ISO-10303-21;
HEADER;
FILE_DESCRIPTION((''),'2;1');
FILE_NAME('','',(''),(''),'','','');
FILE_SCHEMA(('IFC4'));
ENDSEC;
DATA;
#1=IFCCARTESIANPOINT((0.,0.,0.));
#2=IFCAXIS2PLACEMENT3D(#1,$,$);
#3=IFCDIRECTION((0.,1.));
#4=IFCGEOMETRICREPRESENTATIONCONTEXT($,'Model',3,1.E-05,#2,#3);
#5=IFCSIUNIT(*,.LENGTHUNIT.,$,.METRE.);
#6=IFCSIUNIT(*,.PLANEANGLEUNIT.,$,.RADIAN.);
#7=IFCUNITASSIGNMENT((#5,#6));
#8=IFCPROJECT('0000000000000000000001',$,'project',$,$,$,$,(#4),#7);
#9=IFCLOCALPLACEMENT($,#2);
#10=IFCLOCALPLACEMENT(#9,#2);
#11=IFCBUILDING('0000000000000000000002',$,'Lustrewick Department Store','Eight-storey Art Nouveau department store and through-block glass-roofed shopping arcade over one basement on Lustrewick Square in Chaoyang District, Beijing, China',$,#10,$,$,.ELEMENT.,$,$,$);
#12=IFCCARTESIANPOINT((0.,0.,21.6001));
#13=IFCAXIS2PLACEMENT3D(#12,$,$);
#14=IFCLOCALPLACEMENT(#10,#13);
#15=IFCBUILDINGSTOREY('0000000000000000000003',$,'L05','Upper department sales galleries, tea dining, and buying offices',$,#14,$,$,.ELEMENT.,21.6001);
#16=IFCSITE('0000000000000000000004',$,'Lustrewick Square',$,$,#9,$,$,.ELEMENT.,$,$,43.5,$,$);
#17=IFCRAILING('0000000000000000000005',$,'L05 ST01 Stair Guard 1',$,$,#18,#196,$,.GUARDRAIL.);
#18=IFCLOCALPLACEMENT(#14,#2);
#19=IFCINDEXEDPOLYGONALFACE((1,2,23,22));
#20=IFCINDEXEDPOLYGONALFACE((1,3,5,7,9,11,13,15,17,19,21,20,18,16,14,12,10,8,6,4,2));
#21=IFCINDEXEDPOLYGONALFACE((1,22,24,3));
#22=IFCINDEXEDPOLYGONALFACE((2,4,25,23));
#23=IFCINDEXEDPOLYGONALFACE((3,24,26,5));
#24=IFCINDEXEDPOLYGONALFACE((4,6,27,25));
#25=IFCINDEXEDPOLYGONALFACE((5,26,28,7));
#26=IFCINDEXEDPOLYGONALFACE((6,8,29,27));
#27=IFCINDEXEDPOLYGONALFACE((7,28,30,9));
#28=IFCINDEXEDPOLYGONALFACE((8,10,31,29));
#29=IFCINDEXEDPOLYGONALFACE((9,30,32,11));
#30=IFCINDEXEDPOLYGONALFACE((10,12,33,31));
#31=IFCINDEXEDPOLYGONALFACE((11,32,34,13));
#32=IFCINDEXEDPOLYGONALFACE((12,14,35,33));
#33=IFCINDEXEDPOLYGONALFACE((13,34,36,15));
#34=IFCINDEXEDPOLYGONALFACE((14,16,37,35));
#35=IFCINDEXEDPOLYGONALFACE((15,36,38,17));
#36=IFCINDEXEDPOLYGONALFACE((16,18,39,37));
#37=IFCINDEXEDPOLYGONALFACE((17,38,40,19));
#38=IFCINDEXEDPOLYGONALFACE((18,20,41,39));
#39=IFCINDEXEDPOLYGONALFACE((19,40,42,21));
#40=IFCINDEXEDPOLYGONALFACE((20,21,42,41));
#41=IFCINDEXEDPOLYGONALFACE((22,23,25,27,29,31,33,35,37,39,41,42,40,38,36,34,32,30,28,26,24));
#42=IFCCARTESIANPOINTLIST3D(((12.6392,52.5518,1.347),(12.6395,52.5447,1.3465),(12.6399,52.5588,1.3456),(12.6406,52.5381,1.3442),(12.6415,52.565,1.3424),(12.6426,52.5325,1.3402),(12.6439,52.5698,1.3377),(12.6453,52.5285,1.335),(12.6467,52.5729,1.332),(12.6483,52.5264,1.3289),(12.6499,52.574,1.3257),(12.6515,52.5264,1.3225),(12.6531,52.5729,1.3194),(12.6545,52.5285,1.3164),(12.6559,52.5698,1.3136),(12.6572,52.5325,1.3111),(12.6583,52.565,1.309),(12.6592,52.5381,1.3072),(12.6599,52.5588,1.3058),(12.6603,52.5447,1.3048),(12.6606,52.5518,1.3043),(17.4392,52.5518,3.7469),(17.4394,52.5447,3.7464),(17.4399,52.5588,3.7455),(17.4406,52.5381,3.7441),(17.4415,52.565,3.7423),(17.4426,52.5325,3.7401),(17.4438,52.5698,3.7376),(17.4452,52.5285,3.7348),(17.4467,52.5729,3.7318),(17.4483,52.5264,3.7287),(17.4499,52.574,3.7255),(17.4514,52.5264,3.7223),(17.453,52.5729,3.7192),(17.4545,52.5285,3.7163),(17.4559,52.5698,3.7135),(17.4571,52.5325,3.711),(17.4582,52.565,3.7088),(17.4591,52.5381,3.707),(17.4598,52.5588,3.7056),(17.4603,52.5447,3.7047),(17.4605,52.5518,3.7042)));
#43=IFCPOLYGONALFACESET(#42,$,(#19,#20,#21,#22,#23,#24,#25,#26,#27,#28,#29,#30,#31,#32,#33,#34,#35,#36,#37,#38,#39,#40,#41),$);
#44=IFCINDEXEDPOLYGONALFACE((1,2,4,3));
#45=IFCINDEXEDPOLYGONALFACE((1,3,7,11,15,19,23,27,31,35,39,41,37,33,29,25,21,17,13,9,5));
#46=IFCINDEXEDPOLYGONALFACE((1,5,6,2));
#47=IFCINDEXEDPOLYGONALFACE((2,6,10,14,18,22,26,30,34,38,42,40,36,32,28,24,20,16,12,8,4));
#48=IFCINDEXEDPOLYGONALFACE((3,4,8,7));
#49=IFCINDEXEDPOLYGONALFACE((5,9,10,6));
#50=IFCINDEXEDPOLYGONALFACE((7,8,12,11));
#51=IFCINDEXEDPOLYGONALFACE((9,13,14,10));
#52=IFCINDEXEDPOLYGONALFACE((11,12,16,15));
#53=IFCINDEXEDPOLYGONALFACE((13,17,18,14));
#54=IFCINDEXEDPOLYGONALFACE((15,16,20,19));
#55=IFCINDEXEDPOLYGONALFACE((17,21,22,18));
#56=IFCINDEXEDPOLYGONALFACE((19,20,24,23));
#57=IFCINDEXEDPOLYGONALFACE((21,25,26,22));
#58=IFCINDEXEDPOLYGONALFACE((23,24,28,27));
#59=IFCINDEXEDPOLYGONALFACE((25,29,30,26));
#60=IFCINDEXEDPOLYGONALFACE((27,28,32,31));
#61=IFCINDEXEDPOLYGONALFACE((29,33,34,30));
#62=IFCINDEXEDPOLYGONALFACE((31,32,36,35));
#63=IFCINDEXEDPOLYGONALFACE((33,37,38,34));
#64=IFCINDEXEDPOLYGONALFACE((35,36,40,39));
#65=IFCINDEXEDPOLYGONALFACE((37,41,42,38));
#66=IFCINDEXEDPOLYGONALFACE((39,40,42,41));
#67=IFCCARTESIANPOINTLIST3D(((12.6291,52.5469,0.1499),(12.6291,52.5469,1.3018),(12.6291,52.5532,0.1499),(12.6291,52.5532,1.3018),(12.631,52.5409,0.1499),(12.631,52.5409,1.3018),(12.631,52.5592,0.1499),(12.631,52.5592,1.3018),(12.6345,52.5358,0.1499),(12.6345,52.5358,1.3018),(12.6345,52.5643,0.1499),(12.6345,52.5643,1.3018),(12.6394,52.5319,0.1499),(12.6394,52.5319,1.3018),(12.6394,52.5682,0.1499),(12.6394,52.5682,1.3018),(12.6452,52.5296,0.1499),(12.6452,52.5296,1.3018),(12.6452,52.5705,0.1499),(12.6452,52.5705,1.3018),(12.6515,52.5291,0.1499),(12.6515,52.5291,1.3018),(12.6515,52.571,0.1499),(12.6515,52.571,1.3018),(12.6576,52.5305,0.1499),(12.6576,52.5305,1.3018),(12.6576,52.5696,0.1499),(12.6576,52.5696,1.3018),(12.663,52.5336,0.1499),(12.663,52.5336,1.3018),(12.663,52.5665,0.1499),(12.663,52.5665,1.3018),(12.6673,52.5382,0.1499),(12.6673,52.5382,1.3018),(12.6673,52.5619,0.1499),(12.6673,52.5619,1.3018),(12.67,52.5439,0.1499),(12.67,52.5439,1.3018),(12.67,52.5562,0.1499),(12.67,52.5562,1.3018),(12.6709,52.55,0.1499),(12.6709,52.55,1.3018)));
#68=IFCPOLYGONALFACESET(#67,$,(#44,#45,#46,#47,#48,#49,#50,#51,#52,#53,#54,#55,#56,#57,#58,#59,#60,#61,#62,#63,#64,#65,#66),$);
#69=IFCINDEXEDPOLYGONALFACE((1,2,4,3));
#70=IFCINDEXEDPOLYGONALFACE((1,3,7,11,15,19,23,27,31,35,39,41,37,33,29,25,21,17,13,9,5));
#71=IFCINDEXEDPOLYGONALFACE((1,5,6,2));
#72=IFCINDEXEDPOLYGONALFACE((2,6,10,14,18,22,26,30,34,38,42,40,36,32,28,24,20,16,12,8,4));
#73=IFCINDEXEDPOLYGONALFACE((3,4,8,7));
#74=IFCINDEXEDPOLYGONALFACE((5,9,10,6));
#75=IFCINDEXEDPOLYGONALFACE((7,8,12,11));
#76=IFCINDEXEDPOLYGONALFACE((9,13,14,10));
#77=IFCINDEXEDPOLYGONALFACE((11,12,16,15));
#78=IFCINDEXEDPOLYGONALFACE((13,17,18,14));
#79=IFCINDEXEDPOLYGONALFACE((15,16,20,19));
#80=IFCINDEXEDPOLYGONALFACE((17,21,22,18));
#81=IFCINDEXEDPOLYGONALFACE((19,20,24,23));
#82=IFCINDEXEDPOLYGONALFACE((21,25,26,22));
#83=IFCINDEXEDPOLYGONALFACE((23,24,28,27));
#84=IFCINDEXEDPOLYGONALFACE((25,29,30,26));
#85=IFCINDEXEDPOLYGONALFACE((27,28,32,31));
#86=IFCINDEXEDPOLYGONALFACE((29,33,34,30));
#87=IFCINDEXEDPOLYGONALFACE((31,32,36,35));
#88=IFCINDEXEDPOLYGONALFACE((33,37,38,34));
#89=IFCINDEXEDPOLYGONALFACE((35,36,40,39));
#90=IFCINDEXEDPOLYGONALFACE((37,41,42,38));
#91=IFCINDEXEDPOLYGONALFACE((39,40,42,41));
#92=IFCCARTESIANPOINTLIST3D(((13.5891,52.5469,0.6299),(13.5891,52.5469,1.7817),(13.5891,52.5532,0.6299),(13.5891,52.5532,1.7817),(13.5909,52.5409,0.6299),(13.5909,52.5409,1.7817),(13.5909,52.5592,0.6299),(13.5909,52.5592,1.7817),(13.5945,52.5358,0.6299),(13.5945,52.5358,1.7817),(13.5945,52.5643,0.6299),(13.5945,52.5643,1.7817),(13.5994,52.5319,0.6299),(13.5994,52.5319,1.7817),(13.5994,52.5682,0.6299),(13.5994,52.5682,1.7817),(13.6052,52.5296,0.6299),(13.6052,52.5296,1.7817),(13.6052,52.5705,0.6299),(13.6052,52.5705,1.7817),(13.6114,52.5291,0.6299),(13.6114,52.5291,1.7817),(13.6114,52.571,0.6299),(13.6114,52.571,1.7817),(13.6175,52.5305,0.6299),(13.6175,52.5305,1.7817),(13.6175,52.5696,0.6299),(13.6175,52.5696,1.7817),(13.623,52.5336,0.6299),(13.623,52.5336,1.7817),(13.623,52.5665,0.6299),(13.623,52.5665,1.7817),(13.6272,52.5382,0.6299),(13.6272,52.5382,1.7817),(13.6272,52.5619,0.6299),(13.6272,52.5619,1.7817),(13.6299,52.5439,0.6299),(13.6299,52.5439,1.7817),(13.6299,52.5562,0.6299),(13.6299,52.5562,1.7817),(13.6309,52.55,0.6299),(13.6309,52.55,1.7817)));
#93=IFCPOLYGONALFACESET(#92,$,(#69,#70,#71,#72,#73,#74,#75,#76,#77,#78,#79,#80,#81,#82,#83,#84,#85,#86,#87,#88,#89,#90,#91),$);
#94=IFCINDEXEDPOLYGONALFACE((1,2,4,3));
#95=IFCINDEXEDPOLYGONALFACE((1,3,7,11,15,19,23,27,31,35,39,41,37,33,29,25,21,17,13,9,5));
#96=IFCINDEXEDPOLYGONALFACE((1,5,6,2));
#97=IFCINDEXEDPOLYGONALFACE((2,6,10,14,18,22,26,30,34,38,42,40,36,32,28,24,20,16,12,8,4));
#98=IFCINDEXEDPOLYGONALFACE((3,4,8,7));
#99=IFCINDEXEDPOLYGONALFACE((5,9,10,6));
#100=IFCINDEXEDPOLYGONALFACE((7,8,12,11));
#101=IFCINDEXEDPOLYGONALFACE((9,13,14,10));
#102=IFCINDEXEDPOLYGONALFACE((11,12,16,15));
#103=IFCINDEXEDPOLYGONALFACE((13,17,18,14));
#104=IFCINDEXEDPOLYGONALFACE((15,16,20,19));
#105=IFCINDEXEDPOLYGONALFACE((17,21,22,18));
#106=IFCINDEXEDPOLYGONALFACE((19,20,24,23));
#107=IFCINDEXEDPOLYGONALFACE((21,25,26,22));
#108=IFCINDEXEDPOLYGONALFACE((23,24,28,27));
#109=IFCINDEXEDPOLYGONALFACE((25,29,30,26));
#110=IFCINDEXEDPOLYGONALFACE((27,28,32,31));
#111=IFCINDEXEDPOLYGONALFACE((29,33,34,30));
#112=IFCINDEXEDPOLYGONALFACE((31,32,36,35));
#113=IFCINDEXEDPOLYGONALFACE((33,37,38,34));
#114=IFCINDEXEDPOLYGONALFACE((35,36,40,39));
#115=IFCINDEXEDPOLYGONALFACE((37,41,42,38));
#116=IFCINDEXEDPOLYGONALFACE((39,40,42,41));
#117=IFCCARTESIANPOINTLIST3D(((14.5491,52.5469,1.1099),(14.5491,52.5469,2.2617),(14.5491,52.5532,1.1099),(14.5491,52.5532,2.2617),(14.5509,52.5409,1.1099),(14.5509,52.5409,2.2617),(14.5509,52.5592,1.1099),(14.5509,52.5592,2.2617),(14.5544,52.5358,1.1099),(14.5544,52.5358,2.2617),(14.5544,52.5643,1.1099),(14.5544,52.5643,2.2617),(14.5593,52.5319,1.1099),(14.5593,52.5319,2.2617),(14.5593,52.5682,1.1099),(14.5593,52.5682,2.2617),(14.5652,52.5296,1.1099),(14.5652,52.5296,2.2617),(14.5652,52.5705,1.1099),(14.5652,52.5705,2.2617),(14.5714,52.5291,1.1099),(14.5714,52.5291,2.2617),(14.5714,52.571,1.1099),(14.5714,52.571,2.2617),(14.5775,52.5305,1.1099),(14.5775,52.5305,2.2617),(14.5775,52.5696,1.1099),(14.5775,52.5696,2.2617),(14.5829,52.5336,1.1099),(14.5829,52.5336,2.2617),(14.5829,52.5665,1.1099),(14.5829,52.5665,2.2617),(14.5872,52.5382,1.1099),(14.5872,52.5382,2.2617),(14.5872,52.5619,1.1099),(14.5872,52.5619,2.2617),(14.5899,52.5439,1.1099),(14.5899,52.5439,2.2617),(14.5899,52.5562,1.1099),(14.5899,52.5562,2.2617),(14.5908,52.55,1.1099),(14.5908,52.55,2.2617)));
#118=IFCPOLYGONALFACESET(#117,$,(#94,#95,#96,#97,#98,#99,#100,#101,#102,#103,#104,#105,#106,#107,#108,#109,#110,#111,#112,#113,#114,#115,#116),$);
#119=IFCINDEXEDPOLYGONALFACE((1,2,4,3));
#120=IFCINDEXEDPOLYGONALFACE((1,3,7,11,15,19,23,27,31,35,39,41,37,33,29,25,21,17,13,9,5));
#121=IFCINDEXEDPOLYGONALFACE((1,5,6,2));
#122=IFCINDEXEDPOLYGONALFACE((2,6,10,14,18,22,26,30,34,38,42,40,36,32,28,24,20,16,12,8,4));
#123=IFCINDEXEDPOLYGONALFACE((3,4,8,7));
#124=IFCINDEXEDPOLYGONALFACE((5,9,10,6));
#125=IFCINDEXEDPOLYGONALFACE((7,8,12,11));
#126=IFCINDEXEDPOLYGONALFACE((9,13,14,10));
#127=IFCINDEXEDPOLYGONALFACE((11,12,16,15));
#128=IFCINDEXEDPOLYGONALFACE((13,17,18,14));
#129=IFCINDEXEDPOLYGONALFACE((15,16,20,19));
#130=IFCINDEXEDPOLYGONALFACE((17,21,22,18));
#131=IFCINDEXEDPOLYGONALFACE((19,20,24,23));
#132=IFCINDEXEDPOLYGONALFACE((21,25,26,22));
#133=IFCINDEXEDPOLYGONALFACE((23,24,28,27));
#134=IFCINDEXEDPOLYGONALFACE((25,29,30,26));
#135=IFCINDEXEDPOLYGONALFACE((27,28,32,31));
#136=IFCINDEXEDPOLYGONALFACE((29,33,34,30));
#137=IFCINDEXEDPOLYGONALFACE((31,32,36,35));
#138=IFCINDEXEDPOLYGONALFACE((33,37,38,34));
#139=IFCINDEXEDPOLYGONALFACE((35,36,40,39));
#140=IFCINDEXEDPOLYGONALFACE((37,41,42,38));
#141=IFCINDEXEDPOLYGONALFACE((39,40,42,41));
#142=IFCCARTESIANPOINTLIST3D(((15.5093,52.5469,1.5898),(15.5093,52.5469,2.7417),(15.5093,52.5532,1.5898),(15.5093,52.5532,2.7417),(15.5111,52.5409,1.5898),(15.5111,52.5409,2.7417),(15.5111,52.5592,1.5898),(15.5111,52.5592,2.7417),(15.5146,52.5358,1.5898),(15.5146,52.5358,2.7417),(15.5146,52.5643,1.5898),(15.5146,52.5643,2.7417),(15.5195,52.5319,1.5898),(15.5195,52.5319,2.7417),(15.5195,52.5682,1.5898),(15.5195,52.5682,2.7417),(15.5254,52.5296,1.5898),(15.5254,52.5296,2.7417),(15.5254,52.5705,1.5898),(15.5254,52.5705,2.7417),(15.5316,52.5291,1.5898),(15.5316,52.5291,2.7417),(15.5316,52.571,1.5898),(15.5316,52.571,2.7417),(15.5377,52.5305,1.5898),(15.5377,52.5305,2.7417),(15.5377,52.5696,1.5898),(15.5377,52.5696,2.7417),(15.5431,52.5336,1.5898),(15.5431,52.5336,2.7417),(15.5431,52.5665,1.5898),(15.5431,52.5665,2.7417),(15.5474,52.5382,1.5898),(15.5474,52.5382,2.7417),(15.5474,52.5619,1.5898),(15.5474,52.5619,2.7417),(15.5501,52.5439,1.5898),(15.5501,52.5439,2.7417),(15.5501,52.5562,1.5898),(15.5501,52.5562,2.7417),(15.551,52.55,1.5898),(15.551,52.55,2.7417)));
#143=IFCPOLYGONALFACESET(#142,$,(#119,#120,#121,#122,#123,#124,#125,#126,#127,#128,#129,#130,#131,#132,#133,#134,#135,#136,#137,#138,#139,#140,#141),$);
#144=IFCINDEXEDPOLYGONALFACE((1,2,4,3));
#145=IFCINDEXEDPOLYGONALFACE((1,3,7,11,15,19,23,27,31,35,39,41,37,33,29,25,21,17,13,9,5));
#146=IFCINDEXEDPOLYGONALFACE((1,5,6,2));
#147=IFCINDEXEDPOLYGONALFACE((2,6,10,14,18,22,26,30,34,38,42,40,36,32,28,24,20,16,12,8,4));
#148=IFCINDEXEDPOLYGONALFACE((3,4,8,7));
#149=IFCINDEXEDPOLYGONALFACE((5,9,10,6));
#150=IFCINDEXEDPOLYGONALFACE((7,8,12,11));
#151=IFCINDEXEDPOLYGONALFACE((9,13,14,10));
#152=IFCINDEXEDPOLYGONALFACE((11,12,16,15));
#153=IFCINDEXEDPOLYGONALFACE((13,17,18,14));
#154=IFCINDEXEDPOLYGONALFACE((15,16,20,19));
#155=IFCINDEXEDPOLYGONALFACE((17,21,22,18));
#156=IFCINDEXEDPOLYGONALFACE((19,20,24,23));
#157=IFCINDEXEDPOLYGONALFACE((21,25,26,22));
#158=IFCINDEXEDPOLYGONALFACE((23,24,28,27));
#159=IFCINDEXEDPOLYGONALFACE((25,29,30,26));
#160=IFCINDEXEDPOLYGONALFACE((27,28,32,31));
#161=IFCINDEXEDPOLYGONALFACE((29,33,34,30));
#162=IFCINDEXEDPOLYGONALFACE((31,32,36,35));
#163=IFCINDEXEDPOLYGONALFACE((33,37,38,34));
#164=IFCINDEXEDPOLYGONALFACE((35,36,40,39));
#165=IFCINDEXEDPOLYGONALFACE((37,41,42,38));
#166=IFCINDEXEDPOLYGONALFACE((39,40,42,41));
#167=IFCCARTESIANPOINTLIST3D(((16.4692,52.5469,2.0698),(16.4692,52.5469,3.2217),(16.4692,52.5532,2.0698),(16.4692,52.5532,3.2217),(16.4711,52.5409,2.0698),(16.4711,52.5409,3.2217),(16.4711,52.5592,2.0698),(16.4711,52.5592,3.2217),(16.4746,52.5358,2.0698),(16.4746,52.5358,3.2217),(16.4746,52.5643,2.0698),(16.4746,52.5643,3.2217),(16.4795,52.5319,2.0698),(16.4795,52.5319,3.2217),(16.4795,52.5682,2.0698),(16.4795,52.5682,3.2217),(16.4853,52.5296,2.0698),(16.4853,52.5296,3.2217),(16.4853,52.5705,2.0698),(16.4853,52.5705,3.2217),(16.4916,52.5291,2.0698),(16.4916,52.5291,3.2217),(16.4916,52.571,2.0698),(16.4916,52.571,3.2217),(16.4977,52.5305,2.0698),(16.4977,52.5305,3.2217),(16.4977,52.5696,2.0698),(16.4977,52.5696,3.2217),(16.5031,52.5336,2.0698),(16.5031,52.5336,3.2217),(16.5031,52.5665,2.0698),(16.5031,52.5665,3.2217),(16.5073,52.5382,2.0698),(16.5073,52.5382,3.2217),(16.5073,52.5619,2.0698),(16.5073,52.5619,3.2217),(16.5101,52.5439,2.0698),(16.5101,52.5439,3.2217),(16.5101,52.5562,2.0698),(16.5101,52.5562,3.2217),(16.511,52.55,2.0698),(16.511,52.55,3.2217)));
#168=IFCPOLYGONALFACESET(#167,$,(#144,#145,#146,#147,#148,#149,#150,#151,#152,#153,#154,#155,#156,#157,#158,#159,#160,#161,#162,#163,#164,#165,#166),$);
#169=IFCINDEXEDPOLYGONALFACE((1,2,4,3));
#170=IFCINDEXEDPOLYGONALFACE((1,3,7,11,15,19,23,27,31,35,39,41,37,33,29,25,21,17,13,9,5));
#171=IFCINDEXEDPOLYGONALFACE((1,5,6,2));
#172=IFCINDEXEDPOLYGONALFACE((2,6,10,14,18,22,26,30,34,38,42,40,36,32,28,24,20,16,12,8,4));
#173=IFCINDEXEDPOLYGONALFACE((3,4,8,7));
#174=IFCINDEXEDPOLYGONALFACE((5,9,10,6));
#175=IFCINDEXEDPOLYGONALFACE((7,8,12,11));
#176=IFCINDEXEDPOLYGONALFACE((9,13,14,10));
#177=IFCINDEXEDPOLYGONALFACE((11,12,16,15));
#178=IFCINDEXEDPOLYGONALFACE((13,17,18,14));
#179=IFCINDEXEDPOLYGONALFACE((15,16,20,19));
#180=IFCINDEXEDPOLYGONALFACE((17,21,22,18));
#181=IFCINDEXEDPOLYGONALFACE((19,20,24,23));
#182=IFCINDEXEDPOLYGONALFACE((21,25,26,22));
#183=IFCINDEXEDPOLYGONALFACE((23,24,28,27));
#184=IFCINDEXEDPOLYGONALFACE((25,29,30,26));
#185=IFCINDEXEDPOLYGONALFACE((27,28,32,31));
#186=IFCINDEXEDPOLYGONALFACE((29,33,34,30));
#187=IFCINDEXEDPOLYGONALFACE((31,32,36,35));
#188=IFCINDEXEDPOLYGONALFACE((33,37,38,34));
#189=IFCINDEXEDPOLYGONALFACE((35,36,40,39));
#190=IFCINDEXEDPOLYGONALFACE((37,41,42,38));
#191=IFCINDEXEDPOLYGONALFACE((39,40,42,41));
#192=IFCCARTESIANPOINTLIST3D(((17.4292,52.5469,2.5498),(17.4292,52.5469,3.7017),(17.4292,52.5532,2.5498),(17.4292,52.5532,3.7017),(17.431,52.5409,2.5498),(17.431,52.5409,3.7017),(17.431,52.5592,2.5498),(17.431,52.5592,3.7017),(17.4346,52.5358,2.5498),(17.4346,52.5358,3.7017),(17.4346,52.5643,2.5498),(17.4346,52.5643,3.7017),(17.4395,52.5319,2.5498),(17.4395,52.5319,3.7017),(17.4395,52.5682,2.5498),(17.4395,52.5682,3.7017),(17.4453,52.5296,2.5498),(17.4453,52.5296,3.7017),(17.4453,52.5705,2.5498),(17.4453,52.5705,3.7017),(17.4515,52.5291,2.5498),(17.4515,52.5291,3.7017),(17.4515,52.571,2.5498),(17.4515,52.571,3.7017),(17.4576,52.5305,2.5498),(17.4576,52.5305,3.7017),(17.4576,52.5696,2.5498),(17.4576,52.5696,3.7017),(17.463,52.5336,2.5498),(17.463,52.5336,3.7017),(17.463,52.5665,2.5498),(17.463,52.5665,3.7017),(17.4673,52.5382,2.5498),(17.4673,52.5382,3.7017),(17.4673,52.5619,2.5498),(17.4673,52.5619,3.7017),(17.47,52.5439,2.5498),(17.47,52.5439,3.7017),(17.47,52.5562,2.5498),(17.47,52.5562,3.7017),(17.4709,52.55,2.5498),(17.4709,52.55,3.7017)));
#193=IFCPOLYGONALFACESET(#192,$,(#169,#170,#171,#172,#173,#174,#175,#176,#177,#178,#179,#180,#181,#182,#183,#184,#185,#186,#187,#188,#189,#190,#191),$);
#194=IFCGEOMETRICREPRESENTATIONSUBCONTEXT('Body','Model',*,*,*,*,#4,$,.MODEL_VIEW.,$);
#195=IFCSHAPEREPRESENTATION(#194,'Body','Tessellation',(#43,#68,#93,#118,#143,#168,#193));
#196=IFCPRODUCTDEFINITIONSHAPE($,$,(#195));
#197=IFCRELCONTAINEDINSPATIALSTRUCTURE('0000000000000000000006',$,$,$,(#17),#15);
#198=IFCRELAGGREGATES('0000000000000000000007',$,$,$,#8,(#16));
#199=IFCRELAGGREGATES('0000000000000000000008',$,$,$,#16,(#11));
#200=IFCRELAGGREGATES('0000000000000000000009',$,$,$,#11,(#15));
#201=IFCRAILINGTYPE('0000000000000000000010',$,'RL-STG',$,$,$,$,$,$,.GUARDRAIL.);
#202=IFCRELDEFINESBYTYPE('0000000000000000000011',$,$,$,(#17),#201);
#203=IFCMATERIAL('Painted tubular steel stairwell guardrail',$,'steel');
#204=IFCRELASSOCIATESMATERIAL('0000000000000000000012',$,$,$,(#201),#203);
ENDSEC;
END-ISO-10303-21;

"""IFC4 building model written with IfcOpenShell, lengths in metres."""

from ifc_helpers import new_model, si_unit, direction, frame, origin, origin_2d, place, context, subcontext, project, spatial, circle, extrude, material, type_object, element, save


model = new_model("IFC4")

# Units and contexts
model_context = context("Model", 3, precision=1e-05, world=origin(), true_north=direction((0.0, 1.0)))
body_context = subcontext(model_context, "Body", "Model", "MODEL_VIEW")
ifc_project = project(units=[si_unit("LENGTHUNIT", "METRE"), si_unit("PLANEANGLEUNIT", "RADIAN")], contexts=[model_context])

# Site, building, storey
site_placement = place(None, origin())
site = spatial("IfcSite", under=ifc_project, at=site_placement, Name="Lustrewick Square", CompositionType="ELEMENT", RefElevation=43.5)
building_placement = place(site_placement, origin())
building = spatial("IfcBuilding", under=site, at=building_placement, Name="Lustrewick Department Store", Description="Eight-storey Art Nouveau department store and through-block glass-roofed shopping arcade over one basement on Lustrewick Square in Chaoyang District, Beijing, China", CompositionType="ELEMENT")
storey_placement = place(building_placement, frame((0.0, 0.0, 21.6001)))
storey = spatial("IfcBuildingStorey", under=building, at=storey_placement, Name="L05", Description="Upper department sales galleries, tea dining, and buying offices", CompositionType="ELEMENT", Elevation=21.6001)

# Railing
ifc_material_1 = material(Name="Painted tubular steel stairwell guardrail", Category="steel")
railing_type_1 = type_object("IfcRailingType", Name="RL-STG", PredefinedType="GUARDRAIL", material=ifc_material_1)
railing_1_placement = place(storey_placement, frame((12.6499, 52.55, 0.1499)))
element("IfcRailing", 1, at=railing_1_placement, inside=storey, type_object=railing_type_1, Name="L05 ST01 Stair Guard 1", PredefinedType="GUARDRAIL", context=body_context, shape_type="SweptSolid", body=[
    extrude(circle(Radius=0.0239, at=origin_2d()), frame((0.0, 0.0, 1.1758), z_axis=(0.894436, 0.0, 0.447195), x_axis=(0.0, 1.0, 0.0)), (0.0, 0.0, 1.0), 5.3665),
    extrude(circle(Radius=0.021, at=origin_2d()), origin(), (0.0, 0.0, 1.0), 1.1519),
    extrude(circle(Radius=0.021, at=origin_2d()), frame((0.96, 0.0, 0.48)), (0.0, 0.0, 1.0), 1.1519),
    extrude(circle(Radius=0.021, at=origin_2d()), frame((1.9199, 0.0, 0.96)), (0.0, 0.0, 1.0), 1.1519),
    extrude(circle(Radius=0.021, at=origin_2d()), frame((2.8801, 0.0, 1.4399)), (0.0, 0.0, 1.0), 1.1519),
    extrude(circle(Radius=0.021, at=origin_2d()), frame((3.8401, 0.0, 1.9199)), (0.0, 0.0, 1.0), 1.1519),
    extrude(circle(Radius=0.021, at=origin_2d()), frame((4.8, 0.0, 2.3999)), (0.0, 0.0, 1.0), 1.1519),
])

save(model, "model.ifc")
